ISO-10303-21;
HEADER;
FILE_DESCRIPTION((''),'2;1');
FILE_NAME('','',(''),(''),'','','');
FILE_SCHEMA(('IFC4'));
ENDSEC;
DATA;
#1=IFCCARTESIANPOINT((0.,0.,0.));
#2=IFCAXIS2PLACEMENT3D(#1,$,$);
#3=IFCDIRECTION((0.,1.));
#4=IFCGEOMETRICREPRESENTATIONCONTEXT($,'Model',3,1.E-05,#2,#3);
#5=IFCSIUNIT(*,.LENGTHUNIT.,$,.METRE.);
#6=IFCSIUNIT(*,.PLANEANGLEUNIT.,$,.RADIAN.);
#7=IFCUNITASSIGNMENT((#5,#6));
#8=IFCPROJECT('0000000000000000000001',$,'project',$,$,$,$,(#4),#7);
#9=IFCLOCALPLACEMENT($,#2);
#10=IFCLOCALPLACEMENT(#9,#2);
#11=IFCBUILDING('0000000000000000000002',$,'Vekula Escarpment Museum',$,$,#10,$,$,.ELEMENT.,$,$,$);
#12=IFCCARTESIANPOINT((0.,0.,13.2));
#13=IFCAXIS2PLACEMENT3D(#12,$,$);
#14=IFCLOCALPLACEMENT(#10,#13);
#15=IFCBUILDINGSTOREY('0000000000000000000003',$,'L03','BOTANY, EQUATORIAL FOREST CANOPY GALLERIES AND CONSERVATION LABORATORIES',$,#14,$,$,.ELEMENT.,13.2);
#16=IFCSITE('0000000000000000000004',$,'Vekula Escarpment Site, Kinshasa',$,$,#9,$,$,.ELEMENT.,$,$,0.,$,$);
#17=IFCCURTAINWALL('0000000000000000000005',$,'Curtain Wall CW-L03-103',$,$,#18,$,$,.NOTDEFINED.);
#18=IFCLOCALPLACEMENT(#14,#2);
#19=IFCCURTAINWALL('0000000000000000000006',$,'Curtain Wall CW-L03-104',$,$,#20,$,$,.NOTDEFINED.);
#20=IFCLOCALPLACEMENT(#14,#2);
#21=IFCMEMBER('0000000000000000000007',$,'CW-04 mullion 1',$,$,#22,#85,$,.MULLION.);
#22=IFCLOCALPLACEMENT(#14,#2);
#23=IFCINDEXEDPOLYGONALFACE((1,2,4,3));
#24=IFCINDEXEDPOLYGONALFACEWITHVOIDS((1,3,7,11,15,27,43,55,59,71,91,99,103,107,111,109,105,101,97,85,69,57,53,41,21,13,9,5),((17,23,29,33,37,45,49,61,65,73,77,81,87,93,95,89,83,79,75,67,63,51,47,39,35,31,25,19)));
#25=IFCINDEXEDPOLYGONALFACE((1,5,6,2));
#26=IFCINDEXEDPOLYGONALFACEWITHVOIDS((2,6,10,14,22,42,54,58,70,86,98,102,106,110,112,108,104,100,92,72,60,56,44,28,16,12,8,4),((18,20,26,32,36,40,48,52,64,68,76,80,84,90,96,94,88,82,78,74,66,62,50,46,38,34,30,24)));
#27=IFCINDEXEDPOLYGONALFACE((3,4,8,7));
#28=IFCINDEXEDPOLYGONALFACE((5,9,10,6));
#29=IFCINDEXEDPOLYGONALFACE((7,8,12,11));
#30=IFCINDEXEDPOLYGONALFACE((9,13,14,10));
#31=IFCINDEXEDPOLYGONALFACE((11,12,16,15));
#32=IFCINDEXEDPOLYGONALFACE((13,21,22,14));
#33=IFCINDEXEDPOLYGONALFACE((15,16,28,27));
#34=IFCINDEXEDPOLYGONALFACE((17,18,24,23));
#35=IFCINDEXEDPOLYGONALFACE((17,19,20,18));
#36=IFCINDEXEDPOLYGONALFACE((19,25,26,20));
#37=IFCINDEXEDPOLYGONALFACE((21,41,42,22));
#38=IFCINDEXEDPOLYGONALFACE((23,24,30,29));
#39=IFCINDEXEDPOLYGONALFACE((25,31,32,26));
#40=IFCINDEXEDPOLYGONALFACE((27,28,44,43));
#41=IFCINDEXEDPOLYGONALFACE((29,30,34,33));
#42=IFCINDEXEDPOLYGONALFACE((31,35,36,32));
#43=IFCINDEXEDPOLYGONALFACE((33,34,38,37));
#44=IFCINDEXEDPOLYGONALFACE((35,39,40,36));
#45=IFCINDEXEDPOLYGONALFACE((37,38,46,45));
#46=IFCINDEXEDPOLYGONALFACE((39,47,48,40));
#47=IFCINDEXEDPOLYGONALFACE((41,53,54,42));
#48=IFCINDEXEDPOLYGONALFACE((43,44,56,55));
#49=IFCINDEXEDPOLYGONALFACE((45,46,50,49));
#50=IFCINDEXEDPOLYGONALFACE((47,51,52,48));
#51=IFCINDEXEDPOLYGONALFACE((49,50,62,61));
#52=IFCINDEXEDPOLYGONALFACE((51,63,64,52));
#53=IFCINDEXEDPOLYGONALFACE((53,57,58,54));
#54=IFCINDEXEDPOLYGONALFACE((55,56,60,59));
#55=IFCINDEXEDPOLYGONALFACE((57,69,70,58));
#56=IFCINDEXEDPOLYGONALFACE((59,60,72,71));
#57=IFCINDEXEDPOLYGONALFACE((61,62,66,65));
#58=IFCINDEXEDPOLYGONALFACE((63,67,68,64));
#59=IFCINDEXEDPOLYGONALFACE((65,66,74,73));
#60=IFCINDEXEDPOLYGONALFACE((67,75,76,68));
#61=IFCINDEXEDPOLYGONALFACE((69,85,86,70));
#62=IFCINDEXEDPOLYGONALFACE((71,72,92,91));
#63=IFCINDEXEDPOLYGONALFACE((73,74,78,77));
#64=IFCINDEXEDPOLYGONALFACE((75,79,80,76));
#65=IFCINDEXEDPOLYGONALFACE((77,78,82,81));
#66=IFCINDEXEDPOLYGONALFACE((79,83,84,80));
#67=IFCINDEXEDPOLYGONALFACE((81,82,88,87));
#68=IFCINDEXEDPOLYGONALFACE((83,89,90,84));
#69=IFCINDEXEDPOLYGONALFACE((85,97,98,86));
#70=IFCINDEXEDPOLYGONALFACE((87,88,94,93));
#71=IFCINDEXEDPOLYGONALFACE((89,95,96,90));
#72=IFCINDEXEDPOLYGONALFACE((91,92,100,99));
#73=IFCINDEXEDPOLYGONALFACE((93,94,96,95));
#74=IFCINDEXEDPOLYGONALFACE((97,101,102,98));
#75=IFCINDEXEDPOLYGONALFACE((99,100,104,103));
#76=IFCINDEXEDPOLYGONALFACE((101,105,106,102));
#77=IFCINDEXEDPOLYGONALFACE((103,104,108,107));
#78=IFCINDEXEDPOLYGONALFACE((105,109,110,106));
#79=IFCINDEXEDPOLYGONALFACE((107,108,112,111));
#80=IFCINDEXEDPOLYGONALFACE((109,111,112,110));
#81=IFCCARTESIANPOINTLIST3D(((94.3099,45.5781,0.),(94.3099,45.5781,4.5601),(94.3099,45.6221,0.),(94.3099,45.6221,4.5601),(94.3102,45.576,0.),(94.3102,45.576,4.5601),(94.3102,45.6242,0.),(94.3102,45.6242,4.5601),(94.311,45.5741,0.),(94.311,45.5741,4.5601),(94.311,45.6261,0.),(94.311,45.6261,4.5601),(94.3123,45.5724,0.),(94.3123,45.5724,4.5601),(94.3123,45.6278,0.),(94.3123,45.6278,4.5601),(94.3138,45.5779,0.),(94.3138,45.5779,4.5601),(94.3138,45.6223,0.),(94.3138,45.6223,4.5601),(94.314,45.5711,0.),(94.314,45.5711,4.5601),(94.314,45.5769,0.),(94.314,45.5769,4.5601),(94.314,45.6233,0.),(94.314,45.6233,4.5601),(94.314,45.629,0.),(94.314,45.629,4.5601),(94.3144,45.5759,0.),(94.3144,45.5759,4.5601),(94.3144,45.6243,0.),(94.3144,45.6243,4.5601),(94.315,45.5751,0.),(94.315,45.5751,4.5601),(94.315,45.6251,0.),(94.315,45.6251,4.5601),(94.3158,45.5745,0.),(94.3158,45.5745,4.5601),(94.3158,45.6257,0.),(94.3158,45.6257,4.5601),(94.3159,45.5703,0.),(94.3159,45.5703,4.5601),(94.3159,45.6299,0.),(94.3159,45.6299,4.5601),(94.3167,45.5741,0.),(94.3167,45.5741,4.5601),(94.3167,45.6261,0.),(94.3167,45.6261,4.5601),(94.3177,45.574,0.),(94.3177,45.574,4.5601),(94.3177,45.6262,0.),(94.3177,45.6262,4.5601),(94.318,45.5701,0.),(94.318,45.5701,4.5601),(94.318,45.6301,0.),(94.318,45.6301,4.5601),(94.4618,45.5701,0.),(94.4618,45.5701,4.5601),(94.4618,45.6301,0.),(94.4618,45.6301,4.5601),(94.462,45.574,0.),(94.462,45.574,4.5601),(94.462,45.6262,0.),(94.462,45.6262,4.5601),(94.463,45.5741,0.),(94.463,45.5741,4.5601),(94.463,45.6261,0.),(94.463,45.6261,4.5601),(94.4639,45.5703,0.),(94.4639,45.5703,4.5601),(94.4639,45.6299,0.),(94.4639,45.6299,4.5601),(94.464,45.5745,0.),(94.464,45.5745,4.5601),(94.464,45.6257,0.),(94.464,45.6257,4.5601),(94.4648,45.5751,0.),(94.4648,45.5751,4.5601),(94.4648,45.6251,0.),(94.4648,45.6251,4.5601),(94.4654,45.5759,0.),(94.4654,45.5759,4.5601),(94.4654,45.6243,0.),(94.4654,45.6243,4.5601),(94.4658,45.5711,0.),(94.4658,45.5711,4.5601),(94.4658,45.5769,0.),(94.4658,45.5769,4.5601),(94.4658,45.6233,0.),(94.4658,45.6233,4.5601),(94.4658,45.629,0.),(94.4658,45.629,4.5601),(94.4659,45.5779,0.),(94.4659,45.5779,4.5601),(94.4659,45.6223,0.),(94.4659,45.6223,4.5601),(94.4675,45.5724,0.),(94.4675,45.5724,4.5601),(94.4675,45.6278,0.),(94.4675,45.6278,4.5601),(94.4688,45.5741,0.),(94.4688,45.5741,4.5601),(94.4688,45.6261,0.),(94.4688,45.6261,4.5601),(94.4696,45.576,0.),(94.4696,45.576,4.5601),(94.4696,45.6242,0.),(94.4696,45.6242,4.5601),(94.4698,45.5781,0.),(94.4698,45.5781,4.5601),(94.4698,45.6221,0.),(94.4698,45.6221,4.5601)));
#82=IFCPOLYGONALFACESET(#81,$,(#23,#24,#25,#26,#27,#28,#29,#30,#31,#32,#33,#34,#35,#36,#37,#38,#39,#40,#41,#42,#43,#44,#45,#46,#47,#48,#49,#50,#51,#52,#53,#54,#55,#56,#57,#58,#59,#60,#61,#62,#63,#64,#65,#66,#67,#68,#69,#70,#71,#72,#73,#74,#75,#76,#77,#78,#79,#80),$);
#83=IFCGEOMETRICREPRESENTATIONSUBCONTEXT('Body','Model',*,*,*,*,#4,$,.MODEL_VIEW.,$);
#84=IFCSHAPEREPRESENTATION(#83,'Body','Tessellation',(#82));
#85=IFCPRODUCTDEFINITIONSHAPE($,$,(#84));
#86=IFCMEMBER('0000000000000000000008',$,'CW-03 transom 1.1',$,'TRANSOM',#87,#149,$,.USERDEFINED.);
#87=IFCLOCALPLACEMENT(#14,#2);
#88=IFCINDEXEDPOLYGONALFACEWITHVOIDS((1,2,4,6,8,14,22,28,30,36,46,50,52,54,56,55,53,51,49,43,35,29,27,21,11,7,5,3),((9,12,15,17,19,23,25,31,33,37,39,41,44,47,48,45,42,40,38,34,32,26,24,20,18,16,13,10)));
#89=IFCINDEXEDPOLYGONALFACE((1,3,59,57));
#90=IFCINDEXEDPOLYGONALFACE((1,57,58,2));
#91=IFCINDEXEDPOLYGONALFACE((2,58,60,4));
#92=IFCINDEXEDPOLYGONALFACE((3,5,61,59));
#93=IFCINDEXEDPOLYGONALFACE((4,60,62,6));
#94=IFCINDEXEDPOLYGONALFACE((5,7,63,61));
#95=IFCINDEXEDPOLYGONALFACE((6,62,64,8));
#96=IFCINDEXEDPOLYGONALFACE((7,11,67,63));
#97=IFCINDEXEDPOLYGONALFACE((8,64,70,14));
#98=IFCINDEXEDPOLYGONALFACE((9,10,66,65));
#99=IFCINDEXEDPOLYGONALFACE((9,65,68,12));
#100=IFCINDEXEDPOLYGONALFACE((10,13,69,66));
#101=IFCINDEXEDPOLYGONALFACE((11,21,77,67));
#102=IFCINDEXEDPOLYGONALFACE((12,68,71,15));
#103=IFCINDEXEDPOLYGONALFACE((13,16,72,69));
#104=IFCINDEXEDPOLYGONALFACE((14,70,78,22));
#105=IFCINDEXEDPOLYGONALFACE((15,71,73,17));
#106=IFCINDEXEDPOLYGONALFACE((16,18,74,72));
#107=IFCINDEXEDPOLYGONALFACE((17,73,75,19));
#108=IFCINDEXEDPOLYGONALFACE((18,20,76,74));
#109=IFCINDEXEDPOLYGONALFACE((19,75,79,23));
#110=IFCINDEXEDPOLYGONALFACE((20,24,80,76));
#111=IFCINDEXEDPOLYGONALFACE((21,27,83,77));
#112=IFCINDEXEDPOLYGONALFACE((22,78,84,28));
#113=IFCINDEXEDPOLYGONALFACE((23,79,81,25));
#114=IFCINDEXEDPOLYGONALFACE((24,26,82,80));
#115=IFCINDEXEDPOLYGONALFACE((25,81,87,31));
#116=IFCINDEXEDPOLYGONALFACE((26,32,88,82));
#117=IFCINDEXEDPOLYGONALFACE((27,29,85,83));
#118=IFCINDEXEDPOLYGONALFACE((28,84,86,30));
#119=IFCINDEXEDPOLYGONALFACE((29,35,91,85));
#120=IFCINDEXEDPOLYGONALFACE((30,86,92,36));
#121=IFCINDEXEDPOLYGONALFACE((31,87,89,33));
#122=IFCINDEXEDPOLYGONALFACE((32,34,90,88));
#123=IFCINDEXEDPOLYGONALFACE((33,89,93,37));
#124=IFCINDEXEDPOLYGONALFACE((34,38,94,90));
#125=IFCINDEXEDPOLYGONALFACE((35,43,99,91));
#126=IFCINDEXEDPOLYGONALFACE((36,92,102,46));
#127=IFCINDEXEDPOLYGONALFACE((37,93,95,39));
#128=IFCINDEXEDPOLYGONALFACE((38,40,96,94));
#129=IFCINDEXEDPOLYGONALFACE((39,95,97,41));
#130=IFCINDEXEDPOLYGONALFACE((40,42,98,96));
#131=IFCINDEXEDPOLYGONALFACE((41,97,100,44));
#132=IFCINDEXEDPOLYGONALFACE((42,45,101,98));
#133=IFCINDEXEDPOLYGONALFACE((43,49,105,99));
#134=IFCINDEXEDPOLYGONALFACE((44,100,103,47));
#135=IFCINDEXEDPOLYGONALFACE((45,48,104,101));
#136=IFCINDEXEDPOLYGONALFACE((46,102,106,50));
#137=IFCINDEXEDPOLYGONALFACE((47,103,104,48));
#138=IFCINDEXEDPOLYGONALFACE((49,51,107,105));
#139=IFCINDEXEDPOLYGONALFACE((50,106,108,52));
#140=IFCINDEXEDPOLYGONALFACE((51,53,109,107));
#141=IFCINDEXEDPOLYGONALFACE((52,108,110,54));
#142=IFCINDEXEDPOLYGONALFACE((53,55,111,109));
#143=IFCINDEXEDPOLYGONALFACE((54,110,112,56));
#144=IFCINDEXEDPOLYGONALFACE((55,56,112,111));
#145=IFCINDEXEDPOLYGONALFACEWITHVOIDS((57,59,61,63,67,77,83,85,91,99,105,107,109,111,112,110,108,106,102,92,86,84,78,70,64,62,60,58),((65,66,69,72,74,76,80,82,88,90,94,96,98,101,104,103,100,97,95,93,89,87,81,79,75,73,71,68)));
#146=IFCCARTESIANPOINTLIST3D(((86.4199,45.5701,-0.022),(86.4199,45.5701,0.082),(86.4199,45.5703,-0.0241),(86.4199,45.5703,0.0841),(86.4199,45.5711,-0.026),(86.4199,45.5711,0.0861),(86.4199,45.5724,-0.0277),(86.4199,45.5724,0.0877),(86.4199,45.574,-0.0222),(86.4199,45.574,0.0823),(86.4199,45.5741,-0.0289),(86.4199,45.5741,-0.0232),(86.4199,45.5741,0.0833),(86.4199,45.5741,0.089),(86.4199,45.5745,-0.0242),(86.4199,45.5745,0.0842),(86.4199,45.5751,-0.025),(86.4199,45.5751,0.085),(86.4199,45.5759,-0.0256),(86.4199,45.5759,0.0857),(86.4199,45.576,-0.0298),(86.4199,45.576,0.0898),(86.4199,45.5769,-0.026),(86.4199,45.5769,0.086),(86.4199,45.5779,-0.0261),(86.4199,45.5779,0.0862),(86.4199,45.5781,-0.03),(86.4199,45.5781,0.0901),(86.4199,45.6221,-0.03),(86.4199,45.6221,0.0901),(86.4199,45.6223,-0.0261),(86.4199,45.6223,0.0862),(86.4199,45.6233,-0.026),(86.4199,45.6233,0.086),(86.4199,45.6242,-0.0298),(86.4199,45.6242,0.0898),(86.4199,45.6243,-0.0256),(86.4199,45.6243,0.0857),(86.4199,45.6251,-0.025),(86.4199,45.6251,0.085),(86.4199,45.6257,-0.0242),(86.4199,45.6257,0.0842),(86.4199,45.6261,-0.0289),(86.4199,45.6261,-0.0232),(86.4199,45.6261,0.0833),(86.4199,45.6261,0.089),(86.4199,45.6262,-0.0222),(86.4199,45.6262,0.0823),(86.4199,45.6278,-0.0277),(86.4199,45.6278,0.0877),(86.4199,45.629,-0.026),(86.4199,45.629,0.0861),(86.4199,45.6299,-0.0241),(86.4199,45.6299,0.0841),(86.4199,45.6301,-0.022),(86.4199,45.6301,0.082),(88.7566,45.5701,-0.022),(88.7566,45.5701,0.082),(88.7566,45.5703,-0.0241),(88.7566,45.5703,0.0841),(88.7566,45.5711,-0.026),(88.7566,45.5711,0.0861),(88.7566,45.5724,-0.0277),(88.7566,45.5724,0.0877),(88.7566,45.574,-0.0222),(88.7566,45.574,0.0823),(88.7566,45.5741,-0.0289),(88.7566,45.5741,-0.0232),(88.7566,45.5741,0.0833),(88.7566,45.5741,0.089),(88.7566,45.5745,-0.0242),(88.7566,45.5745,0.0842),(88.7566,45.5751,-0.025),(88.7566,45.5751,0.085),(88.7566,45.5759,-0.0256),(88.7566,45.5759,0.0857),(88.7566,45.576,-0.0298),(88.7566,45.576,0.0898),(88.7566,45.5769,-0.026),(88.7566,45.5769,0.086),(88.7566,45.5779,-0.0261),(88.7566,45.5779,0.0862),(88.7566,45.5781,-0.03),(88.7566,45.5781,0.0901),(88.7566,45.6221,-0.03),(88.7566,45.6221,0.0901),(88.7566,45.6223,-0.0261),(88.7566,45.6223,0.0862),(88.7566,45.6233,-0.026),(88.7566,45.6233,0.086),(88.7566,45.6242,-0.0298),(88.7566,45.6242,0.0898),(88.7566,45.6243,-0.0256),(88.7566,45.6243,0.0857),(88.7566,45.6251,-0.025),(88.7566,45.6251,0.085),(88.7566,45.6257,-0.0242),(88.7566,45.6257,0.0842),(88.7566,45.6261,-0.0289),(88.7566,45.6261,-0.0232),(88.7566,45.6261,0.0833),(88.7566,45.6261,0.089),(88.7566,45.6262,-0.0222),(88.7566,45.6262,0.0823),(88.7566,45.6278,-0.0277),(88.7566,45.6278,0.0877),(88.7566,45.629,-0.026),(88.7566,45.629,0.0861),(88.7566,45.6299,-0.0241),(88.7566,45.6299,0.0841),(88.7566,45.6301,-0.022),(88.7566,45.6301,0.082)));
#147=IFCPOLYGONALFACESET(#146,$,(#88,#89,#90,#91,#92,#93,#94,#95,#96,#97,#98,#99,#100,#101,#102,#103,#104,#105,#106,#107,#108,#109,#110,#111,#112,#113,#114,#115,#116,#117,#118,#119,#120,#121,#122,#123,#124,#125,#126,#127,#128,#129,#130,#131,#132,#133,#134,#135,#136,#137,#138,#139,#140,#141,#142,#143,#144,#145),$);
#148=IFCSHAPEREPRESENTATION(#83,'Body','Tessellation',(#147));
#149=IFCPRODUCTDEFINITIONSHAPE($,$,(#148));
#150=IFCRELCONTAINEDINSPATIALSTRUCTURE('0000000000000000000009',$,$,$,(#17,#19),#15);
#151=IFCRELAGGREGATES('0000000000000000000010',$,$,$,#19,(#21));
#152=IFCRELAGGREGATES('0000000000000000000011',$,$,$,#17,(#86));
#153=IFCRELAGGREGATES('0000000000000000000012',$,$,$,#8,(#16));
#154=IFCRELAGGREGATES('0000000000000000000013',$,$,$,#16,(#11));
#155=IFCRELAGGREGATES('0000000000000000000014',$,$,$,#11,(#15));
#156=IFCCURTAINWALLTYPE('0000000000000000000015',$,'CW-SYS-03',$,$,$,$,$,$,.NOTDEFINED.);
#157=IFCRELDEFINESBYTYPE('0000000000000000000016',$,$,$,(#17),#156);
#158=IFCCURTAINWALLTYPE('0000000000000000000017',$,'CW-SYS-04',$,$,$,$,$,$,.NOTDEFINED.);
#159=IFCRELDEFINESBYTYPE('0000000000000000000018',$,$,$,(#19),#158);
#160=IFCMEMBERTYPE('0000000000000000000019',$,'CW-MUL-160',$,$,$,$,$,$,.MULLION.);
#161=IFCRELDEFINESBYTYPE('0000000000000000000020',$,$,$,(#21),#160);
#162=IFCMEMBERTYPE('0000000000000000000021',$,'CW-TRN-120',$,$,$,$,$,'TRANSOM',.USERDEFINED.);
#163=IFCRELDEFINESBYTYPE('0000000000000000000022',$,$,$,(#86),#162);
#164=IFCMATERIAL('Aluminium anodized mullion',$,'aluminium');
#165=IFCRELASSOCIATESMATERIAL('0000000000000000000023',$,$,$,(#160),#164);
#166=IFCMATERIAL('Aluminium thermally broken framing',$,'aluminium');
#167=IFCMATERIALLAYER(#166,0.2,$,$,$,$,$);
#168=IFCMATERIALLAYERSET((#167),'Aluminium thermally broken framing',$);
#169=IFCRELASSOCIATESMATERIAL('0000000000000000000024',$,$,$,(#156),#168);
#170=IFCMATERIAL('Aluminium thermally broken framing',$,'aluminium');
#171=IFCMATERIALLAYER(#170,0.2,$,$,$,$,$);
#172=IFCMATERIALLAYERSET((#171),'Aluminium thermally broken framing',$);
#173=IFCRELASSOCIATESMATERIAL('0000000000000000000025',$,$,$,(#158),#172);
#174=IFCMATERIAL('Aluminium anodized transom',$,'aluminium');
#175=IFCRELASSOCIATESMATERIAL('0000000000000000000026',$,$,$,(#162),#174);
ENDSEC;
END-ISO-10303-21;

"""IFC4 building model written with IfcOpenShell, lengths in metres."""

from ifc_helpers import new_model, si_unit, direction, frame, origin, origin_2d, place, context, subcontext, project, spatial, hollow_rectangle, extrude, material, layer, layer_set, material_profile, profile_set, type_object, element, aggregate, save


model = new_model("IFC4")

# Units and contexts
model_context = context("Model", 3, precision=1e-05, world=origin(), true_north=direction((0.0, 1.0)))
body_context = subcontext(model_context, "Body", "Model", "MODEL_VIEW")
ifc_project = project(units=[si_unit("LENGTHUNIT", "METRE"), si_unit("PLANEANGLEUNIT", "RADIAN")], contexts=[model_context])

# Site, building, storey
site_placement = place(None, origin())
site = spatial("IfcSite", under=ifc_project, at=site_placement, Name="Vekula Escarpment Site, Kinshasa", CompositionType="ELEMENT", RefElevation=0.0)
building_placement = place(site_placement, origin())
building = spatial("IfcBuilding", under=site, at=building_placement, Name="Vekula Escarpment Museum", CompositionType="ELEMENT")
storey_placement = place(building_placement, frame((0.0, 0.0, 13.2)))
storey = spatial("IfcBuildingStorey", under=building, at=storey_placement, Name="L03", Description="BOTANY, EQUATORIAL FOREST CANOPY GALLERIES AND CONSERVATION LABORATORIES", CompositionType="ELEMENT", Elevation=13.2)

# Shared definitions
ifc_material_1 = material(Name="Aluminium anodized mullion", Category="aluminium")
ifc_material_profile_1 = material_profile(ifc_material_1, hollow_rectangle(XDim=0.0601, YDim=0.1599, WallThickness=0.0039, InnerFilletRadius=0.0039, OuterFilletRadius=0.0081, at=origin_2d()), Name="ALU 160x60x4")
ifc_profile_set_1 = profile_set([ifc_material_profile_1], Name="Aluminium anodized mullion")
member_type_1 = type_object("IfcMemberType", Name="CW-MUL-160", PredefinedType="MULLION", material=ifc_profile_set_1)

# Curtain wall
ifc_material_2 = material(Name="Aluminium thermally broken framing", Category="aluminium")
ifc_layer_1 = layer(ifc_material_2, 0.2)
ifc_layer_set_1 = layer_set([ifc_layer_1], Name="Aluminium thermally broken framing")
curtain_wall_type_1 = type_object("IfcCurtainWallType", Name="CW-SYS-03", PredefinedType="NOTDEFINED", material=ifc_layer_set_1)
curtain_wall_1_placement = place(storey_placement, origin())
curtain_wall_1 = element("IfcCurtainWall", 1, at=curtain_wall_1_placement, inside=storey, type_object=curtain_wall_type_1, Name="Curtain Wall CW-L03-103", PredefinedType="NOTDEFINED")

# Curtain wall, member
ifc_material_3 = material(Name="Aluminium thermally broken framing", Category="aluminium")
ifc_layer_2 = layer(ifc_material_3, 0.2)
ifc_layer_set_2 = layer_set([ifc_layer_2], Name="Aluminium thermally broken framing")
curtain_wall_type_2 = type_object("IfcCurtainWallType", Name="CW-SYS-04", PredefinedType="NOTDEFINED", material=ifc_layer_set_2)
curtain_wall_2_placement = place(storey_placement, origin())
curtain_wall_2 = element("IfcCurtainWall", 2, at=curtain_wall_2_placement, inside=storey, type_object=curtain_wall_type_2, Name="Curtain Wall CW-L03-104", PredefinedType="NOTDEFINED")
member_1_placement = place(storey_placement, frame((94.3899, 45.6001, 0.0), z_axis=(0.0, 0.0, 1.0), x_axis=(0.0, 1.0, 0.0)))
member_1 = element("IfcMember", 3, at=member_1_placement, type_object=member_type_1, Name="CW-04 mullion 1", PredefinedType="MULLION", context=body_context, shape_type="SweptSolid", body=[
    extrude(hollow_rectangle(XDim=0.0601, YDim=0.1599, WallThickness=0.0039, InnerFilletRadius=0.0039, OuterFilletRadius=0.0081, at=origin_2d()), origin(), (0.0, 0.0, 1.0), 4.5601),
])

# Member
ifc_material_4 = material(Name="Aluminium anodized transom", Category="aluminium")
ifc_material_profile_2 = material_profile(ifc_material_4, hollow_rectangle(XDim=0.0601, YDim=0.1201, WallThickness=0.0039, InnerFilletRadius=0.0039, OuterFilletRadius=0.0081, at=origin_2d()), Name="ALU 120x60x4")
ifc_profile_set_2 = profile_set([ifc_material_profile_2], Name="Aluminium anodized transom")
member_type_2 = type_object("IfcMemberType", Name="CW-TRN-120", ElementType="TRANSOM", PredefinedType="USERDEFINED", material=ifc_profile_set_2)
member_2_placement = place(storey_placement, frame((86.4199, 45.6001, 0.03), z_axis=(1.0, 0.0, 0.0), x_axis=(0.0, 1.0, 0.0)))
member_2 = element("IfcMember", 4, at=member_2_placement, type_object=member_type_2, Name="CW-03 transom 1.1", ObjectType="TRANSOM", PredefinedType="USERDEFINED", context=body_context, shape_type="SweptSolid", body=[
    extrude(hollow_rectangle(XDim=0.0601, YDim=0.1201, WallThickness=0.0039, InnerFilletRadius=0.0039, OuterFilletRadius=0.0081, at=origin_2d()), origin(), (0.0, 0.0, 1.0), 2.3367),
])
aggregate(curtain_wall_2, [member_1])

aggregate(curtain_wall_1, [member_2])

save(model, "model.ifc")
